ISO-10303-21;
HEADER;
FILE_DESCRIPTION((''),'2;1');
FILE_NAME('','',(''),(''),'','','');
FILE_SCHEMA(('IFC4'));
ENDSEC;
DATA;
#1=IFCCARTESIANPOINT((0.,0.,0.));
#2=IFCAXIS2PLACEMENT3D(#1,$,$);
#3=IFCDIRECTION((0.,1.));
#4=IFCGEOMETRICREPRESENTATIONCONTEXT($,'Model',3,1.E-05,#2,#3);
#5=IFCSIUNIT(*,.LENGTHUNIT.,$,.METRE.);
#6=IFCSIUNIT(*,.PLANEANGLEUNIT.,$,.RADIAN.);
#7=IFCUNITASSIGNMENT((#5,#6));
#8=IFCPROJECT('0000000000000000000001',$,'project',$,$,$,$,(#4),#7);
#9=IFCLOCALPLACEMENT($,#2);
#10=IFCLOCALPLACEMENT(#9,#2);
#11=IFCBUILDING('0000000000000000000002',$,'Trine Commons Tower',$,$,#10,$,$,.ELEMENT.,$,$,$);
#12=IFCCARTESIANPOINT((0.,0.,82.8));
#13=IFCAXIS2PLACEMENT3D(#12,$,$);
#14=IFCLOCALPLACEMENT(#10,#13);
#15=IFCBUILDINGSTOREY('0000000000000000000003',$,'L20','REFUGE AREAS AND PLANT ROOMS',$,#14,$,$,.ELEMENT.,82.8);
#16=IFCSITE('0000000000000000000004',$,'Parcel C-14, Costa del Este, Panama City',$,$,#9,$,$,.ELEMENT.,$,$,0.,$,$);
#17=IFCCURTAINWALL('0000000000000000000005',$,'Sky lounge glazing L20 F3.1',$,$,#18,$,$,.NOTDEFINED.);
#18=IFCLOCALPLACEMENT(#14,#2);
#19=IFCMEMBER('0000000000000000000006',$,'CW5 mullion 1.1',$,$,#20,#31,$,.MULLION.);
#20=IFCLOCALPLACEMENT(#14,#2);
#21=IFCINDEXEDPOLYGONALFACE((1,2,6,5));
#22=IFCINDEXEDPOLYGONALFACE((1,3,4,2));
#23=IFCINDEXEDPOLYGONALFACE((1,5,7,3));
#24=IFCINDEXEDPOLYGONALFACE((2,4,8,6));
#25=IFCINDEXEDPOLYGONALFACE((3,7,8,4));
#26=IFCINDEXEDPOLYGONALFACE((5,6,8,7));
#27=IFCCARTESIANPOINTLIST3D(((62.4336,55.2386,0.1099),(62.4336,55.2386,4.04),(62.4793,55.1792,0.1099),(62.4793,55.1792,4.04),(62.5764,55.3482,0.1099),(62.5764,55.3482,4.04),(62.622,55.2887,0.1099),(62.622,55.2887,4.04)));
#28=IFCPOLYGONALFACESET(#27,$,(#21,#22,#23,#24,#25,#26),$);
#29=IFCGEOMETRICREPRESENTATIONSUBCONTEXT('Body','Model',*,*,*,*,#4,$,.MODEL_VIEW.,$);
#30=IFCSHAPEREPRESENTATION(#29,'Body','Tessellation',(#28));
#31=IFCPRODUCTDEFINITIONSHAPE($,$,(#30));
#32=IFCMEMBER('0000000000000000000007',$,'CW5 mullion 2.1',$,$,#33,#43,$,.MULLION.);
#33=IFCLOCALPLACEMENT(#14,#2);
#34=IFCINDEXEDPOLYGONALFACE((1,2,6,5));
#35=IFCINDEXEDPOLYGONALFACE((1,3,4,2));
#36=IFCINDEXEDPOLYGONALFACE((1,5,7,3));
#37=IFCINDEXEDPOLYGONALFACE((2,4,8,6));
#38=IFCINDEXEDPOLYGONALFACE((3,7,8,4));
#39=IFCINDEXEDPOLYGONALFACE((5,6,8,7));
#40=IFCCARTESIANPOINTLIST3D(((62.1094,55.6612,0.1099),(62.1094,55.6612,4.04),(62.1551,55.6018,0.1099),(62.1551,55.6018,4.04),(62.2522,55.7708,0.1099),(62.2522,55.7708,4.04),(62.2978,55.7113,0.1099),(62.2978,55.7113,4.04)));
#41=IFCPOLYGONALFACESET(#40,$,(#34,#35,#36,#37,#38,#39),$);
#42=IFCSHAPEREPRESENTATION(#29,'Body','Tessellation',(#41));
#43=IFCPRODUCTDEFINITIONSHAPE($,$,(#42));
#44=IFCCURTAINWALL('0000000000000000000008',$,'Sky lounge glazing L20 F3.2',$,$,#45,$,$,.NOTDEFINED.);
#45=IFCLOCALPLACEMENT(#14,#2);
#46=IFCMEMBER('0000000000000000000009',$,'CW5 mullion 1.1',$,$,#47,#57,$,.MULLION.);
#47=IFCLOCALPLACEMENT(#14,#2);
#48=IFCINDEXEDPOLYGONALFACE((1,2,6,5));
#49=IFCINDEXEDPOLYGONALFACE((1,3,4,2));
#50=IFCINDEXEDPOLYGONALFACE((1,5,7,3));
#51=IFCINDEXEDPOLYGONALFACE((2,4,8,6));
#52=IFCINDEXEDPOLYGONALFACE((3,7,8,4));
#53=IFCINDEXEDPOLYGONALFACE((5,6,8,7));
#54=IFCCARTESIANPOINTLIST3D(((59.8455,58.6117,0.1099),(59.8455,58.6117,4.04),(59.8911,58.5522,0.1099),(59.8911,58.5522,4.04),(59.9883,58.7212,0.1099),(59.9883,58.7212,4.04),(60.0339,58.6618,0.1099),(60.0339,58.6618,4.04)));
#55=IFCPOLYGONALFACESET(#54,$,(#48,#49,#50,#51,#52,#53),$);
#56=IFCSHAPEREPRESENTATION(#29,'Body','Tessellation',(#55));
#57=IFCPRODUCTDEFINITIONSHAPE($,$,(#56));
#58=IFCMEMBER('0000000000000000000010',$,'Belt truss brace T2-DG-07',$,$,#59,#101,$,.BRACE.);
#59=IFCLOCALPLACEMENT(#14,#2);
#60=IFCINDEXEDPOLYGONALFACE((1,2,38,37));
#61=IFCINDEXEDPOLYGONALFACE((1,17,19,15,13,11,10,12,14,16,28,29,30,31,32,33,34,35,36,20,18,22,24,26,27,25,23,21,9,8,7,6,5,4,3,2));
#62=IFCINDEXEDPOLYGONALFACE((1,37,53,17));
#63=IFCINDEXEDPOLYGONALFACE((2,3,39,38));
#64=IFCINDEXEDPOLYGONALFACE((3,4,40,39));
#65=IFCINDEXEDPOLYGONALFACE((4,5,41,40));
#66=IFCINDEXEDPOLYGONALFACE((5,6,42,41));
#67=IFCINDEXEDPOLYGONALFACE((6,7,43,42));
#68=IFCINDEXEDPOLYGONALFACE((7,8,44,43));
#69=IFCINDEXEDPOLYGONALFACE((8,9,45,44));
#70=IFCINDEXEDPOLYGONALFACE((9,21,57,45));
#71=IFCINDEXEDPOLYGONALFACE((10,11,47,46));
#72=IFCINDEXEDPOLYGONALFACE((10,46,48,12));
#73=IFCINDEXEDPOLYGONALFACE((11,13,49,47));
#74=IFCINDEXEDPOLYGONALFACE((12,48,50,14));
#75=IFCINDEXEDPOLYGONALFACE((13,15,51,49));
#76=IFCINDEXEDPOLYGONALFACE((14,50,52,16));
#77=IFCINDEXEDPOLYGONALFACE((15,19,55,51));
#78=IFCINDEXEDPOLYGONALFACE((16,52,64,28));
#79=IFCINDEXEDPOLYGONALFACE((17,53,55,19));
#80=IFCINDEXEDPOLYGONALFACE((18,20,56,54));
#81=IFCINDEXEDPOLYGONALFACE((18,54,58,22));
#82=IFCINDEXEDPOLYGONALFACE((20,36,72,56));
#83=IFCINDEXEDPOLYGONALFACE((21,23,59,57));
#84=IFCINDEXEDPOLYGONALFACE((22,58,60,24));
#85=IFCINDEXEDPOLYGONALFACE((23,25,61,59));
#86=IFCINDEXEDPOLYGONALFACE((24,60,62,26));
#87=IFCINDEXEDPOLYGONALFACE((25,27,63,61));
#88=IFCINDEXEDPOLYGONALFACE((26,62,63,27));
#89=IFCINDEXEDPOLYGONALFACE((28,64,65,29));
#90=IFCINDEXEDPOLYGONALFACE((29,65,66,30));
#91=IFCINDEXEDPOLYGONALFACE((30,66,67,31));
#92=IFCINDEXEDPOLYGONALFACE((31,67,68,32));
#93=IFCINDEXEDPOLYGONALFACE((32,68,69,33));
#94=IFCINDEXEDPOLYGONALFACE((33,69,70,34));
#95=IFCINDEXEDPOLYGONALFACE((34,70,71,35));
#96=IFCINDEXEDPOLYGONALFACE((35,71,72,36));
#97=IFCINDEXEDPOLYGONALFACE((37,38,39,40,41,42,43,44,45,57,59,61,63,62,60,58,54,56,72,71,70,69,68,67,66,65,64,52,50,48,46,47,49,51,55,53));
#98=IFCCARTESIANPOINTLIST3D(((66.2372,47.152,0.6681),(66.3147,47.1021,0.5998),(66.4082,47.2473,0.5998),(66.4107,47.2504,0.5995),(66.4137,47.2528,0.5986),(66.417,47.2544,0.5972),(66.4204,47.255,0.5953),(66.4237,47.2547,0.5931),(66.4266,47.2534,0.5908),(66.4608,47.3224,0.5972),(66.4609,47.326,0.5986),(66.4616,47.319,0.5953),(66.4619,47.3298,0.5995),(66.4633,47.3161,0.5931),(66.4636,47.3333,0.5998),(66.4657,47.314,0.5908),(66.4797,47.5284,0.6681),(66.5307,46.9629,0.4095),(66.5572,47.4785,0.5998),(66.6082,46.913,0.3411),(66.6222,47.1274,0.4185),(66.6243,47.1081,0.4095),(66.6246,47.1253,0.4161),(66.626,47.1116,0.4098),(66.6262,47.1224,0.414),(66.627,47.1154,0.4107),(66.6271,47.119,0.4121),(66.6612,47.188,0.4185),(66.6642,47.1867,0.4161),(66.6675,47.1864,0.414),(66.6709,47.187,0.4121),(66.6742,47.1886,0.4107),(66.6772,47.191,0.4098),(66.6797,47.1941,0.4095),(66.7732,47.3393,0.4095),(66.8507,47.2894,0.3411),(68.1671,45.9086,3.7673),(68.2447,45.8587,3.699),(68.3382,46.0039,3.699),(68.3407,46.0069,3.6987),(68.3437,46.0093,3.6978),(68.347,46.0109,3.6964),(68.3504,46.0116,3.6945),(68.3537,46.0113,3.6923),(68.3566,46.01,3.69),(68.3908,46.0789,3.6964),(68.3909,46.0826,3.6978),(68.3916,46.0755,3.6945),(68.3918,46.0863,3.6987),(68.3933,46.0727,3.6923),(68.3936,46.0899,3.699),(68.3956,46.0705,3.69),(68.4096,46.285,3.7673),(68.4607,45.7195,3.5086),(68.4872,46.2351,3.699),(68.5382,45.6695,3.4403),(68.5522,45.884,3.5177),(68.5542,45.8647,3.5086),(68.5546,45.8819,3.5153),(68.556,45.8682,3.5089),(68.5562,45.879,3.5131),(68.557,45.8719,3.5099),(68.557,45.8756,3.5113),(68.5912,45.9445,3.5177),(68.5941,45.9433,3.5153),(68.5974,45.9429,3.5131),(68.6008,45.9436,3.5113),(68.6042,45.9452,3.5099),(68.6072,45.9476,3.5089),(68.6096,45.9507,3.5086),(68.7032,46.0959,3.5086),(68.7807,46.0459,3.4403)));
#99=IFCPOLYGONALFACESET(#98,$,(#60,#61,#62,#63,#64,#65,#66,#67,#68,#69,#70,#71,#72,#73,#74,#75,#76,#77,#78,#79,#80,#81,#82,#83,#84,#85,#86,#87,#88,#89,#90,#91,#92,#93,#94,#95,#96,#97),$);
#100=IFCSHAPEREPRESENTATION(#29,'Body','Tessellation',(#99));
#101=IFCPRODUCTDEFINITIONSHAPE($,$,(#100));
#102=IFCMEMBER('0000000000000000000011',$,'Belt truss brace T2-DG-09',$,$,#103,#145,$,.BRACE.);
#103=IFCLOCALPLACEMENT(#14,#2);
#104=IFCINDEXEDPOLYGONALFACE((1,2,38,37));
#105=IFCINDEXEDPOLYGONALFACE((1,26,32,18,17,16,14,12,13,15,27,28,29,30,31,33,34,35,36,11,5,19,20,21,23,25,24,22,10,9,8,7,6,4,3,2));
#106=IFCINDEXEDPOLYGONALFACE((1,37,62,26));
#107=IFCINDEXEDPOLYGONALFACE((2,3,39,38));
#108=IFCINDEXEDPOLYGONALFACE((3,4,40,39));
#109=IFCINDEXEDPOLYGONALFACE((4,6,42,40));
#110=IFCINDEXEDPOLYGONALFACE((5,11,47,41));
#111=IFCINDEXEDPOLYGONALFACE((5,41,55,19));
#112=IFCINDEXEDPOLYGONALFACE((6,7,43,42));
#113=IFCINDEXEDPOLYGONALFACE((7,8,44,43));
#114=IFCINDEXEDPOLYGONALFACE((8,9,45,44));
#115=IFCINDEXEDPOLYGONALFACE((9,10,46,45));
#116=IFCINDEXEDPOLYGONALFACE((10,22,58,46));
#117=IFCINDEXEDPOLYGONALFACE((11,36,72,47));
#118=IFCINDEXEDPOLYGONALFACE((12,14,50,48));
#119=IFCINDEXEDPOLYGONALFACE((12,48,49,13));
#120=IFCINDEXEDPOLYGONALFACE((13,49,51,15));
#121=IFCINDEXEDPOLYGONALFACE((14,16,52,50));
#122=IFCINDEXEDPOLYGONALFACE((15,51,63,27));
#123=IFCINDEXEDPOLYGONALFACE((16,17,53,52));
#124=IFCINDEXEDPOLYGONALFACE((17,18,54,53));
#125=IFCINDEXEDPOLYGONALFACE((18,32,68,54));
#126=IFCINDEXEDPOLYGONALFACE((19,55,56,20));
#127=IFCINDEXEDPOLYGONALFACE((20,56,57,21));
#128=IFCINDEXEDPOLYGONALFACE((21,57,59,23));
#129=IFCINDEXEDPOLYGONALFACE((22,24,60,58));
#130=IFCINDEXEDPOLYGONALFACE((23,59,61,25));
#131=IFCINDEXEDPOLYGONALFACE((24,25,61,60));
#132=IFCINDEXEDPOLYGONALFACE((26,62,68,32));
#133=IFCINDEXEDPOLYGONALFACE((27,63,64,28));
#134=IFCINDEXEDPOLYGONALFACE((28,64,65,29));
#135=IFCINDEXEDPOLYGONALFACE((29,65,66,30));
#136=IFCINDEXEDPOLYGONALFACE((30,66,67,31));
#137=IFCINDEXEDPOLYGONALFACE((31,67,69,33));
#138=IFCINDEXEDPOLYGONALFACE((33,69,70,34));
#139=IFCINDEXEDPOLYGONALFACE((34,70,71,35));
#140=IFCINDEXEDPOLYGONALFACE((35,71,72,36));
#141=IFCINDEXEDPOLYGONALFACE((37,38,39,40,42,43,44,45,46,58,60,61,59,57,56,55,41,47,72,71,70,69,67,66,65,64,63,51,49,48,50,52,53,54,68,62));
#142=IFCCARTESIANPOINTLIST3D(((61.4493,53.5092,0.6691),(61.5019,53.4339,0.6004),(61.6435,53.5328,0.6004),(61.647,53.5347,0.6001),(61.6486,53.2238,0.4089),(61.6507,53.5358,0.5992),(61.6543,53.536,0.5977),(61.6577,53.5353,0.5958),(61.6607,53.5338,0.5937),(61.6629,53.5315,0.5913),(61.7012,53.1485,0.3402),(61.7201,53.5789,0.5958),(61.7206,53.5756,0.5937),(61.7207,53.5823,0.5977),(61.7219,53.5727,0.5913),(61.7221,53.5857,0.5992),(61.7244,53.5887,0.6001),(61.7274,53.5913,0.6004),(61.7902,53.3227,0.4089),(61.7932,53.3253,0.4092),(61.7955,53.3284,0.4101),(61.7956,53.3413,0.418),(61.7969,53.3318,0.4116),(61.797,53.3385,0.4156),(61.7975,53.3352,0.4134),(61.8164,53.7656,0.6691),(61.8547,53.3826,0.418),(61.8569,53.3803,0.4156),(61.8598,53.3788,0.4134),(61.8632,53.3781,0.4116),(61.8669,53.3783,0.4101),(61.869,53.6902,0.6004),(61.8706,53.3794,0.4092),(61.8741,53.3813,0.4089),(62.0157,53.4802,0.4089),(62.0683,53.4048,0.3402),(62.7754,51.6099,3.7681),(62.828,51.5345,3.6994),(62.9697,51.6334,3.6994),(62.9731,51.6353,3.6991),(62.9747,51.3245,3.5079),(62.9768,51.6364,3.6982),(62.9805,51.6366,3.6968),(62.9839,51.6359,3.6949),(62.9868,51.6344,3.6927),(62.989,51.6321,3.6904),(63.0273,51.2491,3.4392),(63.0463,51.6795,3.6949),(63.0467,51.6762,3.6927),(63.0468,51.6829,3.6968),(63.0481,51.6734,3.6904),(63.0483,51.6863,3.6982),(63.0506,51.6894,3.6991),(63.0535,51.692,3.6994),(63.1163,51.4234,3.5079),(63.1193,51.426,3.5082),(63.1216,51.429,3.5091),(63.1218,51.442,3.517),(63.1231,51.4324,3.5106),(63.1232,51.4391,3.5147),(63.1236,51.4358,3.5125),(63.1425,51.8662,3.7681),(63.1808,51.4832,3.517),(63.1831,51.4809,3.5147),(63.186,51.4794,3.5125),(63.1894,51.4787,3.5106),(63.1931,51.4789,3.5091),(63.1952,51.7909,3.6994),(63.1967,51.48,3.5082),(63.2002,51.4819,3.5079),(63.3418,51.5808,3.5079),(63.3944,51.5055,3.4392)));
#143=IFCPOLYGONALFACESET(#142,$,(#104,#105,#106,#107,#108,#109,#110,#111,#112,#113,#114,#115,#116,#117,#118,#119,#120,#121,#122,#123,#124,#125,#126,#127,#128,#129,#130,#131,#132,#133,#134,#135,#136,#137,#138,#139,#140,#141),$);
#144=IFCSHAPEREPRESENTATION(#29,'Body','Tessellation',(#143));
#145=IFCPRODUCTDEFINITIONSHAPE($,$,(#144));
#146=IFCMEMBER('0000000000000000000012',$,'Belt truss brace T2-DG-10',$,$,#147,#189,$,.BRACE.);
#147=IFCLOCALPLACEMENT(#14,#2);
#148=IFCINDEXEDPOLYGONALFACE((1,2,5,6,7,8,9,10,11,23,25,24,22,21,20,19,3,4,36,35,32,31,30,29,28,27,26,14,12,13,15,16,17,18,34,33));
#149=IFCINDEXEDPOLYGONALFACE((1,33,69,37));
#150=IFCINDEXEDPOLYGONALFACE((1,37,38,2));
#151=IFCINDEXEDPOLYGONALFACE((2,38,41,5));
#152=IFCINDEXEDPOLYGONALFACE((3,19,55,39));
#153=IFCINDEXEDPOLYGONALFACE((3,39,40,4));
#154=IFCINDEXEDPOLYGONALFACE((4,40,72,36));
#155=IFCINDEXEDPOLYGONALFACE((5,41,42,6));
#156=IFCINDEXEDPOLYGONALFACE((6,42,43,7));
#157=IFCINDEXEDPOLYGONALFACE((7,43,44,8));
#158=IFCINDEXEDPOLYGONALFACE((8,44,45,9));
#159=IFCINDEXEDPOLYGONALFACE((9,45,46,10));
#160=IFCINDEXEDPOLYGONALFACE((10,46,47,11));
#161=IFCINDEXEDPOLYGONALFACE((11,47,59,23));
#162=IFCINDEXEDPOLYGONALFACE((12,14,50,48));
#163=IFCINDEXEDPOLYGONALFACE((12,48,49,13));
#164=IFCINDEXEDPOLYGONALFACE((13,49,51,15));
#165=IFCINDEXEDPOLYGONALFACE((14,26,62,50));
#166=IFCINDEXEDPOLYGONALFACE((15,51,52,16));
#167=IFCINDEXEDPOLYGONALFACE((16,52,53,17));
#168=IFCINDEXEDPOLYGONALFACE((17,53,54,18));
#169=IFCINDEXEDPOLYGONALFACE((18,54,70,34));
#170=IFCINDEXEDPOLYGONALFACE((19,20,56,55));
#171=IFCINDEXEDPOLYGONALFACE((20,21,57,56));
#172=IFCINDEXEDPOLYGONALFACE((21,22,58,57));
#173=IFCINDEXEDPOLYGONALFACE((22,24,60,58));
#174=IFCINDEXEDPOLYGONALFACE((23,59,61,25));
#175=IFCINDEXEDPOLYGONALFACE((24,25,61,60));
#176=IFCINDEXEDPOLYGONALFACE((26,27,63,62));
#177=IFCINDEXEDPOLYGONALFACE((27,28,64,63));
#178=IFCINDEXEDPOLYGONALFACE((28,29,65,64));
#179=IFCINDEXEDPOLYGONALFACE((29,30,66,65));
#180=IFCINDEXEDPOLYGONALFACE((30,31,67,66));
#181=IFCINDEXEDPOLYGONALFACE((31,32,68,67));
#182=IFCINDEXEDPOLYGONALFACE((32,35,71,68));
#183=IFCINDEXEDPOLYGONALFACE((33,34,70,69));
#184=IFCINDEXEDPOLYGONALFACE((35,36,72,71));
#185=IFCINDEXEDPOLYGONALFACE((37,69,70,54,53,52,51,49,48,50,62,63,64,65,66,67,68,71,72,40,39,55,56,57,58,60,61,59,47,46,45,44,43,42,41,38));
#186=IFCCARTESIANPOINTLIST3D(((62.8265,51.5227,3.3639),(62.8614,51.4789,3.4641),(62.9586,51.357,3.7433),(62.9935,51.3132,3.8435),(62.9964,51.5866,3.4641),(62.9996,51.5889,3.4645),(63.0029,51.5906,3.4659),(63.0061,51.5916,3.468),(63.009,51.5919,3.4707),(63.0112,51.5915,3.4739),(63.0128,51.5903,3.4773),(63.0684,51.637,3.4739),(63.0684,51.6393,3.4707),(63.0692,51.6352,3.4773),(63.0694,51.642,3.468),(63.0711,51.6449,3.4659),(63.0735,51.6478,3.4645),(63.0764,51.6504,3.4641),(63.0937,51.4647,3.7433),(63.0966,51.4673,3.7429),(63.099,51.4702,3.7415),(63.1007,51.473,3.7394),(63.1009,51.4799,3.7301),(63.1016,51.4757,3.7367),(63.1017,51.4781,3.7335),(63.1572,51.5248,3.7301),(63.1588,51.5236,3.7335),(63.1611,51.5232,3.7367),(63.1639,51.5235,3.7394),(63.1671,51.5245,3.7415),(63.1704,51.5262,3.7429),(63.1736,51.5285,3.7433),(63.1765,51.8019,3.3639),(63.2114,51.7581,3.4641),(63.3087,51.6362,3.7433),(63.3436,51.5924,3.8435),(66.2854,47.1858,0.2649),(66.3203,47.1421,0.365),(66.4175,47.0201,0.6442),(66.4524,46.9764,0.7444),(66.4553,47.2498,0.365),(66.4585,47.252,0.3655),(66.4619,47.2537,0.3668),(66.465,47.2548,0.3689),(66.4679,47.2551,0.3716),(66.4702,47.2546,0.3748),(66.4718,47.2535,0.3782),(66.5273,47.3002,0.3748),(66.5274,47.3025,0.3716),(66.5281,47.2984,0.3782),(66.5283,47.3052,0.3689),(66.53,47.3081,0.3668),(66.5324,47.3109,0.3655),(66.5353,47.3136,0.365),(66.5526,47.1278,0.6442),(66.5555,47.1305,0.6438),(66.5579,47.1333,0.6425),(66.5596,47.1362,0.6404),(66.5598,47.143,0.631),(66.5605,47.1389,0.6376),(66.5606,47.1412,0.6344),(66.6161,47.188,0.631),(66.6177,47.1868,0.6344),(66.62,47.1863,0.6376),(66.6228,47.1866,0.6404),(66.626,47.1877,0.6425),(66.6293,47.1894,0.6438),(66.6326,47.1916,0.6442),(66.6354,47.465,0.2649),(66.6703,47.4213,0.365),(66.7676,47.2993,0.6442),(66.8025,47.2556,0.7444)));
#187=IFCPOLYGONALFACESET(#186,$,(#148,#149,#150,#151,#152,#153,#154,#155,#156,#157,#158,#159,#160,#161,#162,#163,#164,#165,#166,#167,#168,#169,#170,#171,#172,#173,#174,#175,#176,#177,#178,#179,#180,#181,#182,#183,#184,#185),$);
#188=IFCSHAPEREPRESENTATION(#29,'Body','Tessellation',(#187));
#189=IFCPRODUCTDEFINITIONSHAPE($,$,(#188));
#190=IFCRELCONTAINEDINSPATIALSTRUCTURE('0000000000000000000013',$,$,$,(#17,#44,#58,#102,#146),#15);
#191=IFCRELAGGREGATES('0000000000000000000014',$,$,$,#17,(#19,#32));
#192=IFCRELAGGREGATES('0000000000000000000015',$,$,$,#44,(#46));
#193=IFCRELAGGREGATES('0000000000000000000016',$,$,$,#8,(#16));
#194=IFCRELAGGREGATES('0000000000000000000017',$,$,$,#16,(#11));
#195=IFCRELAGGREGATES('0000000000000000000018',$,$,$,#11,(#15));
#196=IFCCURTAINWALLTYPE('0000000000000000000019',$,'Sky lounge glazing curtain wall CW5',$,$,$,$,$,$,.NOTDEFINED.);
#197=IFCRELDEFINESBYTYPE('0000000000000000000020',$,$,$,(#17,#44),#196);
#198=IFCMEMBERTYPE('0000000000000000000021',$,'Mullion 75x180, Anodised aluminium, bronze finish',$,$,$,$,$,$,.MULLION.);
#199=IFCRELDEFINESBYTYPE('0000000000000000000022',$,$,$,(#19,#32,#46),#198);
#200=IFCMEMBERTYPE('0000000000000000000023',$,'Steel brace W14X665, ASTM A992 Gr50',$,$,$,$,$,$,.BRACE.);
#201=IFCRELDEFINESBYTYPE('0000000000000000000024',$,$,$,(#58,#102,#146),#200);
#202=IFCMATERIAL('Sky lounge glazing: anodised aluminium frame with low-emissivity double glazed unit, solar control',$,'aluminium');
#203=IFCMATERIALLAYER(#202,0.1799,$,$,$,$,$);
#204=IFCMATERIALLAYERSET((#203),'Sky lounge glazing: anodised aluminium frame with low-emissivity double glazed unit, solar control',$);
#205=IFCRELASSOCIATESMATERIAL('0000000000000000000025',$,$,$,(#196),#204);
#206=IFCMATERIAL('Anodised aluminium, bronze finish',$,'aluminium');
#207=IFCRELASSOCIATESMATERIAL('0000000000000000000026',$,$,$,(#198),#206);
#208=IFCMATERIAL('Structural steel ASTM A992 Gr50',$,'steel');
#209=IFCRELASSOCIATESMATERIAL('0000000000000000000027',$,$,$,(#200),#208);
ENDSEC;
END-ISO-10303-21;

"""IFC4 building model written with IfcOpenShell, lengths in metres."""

from ifc_helpers import new_model, si_unit, direction, frame, origin, origin_2d, place, context, subcontext, project, spatial, rectangle, i_section, extrude, material, layer, layer_set, material_profile, profile_set, type_object, element, aggregate, save


model = new_model("IFC4")

# Units and contexts
model_context = context("Model", 3, precision=1e-05, world=origin(), true_north=direction((0.0, 1.0)))
body_context = subcontext(model_context, "Body", "Model", "MODEL_VIEW")
ifc_project = project(units=[si_unit("LENGTHUNIT", "METRE"), si_unit("PLANEANGLEUNIT", "RADIAN")], contexts=[model_context])

# Site, building, storey
site_placement = place(None, origin())
site = spatial("IfcSite", under=ifc_project, at=site_placement, Name="Parcel C-14, Costa del Este, Panama City", CompositionType="ELEMENT", RefElevation=0.0)
building_placement = place(site_placement, origin())
building = spatial("IfcBuilding", under=site, at=building_placement, Name="Trine Commons Tower", CompositionType="ELEMENT")
storey_placement = place(building_placement, frame((0.0, 0.0, 82.8)))
storey = spatial("IfcBuildingStorey", under=building, at=storey_placement, Name="L20", Description="REFUGE AREAS AND PLANT ROOMS", CompositionType="ELEMENT", Elevation=82.8)

# Curtain wall, members
ifc_material_1 = material(Name="Sky lounge glazing: anodised aluminium frame with low-emissivity double glazed unit, solar control", Category="aluminium")
ifc_layer_1 = layer(ifc_material_1, 0.1799)
ifc_layer_set_1 = layer_set([ifc_layer_1], Name="Sky lounge glazing: anodised aluminium frame with low-emissivity double glazed unit, solar control")
curtain_wall_type = type_object("IfcCurtainWallType", Name="Sky lounge glazing curtain wall CW5", PredefinedType="NOTDEFINED", material=ifc_layer_set_1)
curtain_wall_1_placement = place(storey_placement, origin())
curtain_wall_1 = element("IfcCurtainWall", 1, at=curtain_wall_1_placement, inside=storey, type_object=curtain_wall_type, Name="Sky lounge glazing L20 F3.1", PredefinedType="NOTDEFINED")
ifc_material_2 = material(Name="Anodised aluminium, bronze finish", Category="aluminium")
ifc_material_profile_1 = material_profile(ifc_material_2, rectangle(XDim=0.1799, YDim=0.075, at=origin_2d()), Name="Mullion 75x180")
ifc_profile_set_1 = profile_set([ifc_material_profile_1], Name="Anodised aluminium, bronze finish")
member_type_1 = type_object("IfcMemberType", Name="Mullion 75x180, Anodised aluminium, bronze finish", PredefinedType="MULLION", material=ifc_profile_set_1)
member_1_placement = place(storey_placement, frame((62.5278, 55.2637, 0.1099), z_axis=(0.0, 0.0, 1.0), x_axis=(-0.793353, -0.608761, 0.0)))
member_1 = element("IfcMember", 2, at=member_1_placement, type_object=member_type_1, Name="CW5 mullion 1.1", PredefinedType="MULLION", context=body_context, shape_type="SweptSolid", body=[
    extrude(rectangle(XDim=0.1799, YDim=0.075, at=origin_2d()), origin(), (0.0, 0.0, 1.0), 3.9302),
])
member_2_placement = place(storey_placement, frame((62.2036, 55.6863, 0.1099), z_axis=(0.0, 0.0, 1.0), x_axis=(-0.793353, -0.608761, 0.0)))
member_2 = element("IfcMember", 3, at=member_2_placement, type_object=member_type_1, Name="CW5 mullion 2.1", PredefinedType="MULLION", context=body_context, shape_type="SweptSolid", body=[
    extrude(rectangle(XDim=0.1799, YDim=0.075, at=origin_2d()), origin(), (0.0, 0.0, 1.0), 3.9302),
])

# Curtain wall, member
curtain_wall_2_placement = place(storey_placement, origin())
curtain_wall_2 = element("IfcCurtainWall", 4, at=curtain_wall_2_placement, inside=storey, type_object=curtain_wall_type, Name="Sky lounge glazing L20 F3.2", PredefinedType="NOTDEFINED")
member_3_placement = place(storey_placement, frame((59.9397, 58.6367, 0.1099), z_axis=(0.0, 0.0, 1.0), x_axis=(-0.793353, -0.608761, 0.0)))
member_3 = element("IfcMember", 5, at=member_3_placement, type_object=member_type_1, Name="CW5 mullion 1.1", PredefinedType="MULLION", context=body_context, shape_type="SweptSolid", body=[
    extrude(rectangle(XDim=0.1799, YDim=0.075, at=origin_2d()), origin(), (0.0, 0.0, 1.0), 3.9302),
])

# Members
ifc_material_3 = material(Name="Structural steel ASTM A992 Gr50", Category="steel")
ifc_material_profile_2 = material_profile(ifc_material_3, i_section(OverallWidth=0.4478, OverallDepth=0.5493, WebThickness=0.072, FlangeThickness=0.1147, FilletRadius=0.0151, at=origin_2d()), Name="W14X665")
ifc_profile_set_2 = profile_set([ifc_material_profile_2], Name="Structural steel ASTM A992 Gr50")
member_type_2 = type_object("IfcMemberType", Name="Steel brace W14X665, ASTM A992 Gr50", PredefinedType="BRACE", material=ifc_profile_set_2)
member_4_placement = place(storey_placement, frame((66.5439, 47.2207, 0.5046), z_axis=(0.500391, -0.32239, 0.803538), x_axis=(0.541601, 0.840636, 0.0)))
element("IfcMember", 6, at=member_4_placement, inside=storey, type_object=member_type_2, Name="Belt truss brace T2-DG-07", PredefinedType="BRACE", context=body_context, shape_type="SweptSolid", body=[
    extrude(i_section(OverallWidth=0.4478, OverallDepth=0.5493, WebThickness=0.072, FlangeThickness=0.1147, FilletRadius=0.0151, at=origin_2d()), origin(), (0.0, 0.0, 1.0), 3.8569),
])
member_5_placement = place(storey_placement, frame((61.7588, 53.457, 0.5046), z_axis=(0.342747, -0.4909, 0.800963), x_axis=(0.819924, 0.572472, 0.0)))
element("IfcMember", 7, at=member_5_placement, inside=storey, type_object=member_type_2, Name="Belt truss brace T2-DG-09", PredefinedType="BRACE", context=body_context, shape_type="SweptSolid", body=[
    extrude(i_section(OverallWidth=0.4478, OverallDepth=0.5493, WebThickness=0.072, FlangeThickness=0.1147, FilletRadius=0.0151, at=origin_2d()), origin(), (0.0, 0.0, 1.0), 3.8691),
])
member_6_placement = place(storey_placement, frame((66.5439, 47.2207, 0.5046), z_axis=(-0.544348, 0.682509, 0.487715), x_axis=(-0.781795, -0.623535, 0.0)))
element("IfcMember", 8, at=member_6_placement, inside=storey, type_object=member_type_2, Name="Belt truss brace T2-DG-10", PredefinedType="BRACE", context=body_context, shape_type="SweptSolid", body=[
    extrude(i_section(OverallWidth=0.4478, OverallDepth=0.5493, WebThickness=0.072, FlangeThickness=0.1147, FilletRadius=0.0151, at=origin_2d()), origin(), (0.0, 0.0, 1.0), 6.3542),
])

aggregate(curtain_wall_1, [member_1, member_2])
aggregate(curtain_wall_2, [member_3])

save(model, "model.ifc")
